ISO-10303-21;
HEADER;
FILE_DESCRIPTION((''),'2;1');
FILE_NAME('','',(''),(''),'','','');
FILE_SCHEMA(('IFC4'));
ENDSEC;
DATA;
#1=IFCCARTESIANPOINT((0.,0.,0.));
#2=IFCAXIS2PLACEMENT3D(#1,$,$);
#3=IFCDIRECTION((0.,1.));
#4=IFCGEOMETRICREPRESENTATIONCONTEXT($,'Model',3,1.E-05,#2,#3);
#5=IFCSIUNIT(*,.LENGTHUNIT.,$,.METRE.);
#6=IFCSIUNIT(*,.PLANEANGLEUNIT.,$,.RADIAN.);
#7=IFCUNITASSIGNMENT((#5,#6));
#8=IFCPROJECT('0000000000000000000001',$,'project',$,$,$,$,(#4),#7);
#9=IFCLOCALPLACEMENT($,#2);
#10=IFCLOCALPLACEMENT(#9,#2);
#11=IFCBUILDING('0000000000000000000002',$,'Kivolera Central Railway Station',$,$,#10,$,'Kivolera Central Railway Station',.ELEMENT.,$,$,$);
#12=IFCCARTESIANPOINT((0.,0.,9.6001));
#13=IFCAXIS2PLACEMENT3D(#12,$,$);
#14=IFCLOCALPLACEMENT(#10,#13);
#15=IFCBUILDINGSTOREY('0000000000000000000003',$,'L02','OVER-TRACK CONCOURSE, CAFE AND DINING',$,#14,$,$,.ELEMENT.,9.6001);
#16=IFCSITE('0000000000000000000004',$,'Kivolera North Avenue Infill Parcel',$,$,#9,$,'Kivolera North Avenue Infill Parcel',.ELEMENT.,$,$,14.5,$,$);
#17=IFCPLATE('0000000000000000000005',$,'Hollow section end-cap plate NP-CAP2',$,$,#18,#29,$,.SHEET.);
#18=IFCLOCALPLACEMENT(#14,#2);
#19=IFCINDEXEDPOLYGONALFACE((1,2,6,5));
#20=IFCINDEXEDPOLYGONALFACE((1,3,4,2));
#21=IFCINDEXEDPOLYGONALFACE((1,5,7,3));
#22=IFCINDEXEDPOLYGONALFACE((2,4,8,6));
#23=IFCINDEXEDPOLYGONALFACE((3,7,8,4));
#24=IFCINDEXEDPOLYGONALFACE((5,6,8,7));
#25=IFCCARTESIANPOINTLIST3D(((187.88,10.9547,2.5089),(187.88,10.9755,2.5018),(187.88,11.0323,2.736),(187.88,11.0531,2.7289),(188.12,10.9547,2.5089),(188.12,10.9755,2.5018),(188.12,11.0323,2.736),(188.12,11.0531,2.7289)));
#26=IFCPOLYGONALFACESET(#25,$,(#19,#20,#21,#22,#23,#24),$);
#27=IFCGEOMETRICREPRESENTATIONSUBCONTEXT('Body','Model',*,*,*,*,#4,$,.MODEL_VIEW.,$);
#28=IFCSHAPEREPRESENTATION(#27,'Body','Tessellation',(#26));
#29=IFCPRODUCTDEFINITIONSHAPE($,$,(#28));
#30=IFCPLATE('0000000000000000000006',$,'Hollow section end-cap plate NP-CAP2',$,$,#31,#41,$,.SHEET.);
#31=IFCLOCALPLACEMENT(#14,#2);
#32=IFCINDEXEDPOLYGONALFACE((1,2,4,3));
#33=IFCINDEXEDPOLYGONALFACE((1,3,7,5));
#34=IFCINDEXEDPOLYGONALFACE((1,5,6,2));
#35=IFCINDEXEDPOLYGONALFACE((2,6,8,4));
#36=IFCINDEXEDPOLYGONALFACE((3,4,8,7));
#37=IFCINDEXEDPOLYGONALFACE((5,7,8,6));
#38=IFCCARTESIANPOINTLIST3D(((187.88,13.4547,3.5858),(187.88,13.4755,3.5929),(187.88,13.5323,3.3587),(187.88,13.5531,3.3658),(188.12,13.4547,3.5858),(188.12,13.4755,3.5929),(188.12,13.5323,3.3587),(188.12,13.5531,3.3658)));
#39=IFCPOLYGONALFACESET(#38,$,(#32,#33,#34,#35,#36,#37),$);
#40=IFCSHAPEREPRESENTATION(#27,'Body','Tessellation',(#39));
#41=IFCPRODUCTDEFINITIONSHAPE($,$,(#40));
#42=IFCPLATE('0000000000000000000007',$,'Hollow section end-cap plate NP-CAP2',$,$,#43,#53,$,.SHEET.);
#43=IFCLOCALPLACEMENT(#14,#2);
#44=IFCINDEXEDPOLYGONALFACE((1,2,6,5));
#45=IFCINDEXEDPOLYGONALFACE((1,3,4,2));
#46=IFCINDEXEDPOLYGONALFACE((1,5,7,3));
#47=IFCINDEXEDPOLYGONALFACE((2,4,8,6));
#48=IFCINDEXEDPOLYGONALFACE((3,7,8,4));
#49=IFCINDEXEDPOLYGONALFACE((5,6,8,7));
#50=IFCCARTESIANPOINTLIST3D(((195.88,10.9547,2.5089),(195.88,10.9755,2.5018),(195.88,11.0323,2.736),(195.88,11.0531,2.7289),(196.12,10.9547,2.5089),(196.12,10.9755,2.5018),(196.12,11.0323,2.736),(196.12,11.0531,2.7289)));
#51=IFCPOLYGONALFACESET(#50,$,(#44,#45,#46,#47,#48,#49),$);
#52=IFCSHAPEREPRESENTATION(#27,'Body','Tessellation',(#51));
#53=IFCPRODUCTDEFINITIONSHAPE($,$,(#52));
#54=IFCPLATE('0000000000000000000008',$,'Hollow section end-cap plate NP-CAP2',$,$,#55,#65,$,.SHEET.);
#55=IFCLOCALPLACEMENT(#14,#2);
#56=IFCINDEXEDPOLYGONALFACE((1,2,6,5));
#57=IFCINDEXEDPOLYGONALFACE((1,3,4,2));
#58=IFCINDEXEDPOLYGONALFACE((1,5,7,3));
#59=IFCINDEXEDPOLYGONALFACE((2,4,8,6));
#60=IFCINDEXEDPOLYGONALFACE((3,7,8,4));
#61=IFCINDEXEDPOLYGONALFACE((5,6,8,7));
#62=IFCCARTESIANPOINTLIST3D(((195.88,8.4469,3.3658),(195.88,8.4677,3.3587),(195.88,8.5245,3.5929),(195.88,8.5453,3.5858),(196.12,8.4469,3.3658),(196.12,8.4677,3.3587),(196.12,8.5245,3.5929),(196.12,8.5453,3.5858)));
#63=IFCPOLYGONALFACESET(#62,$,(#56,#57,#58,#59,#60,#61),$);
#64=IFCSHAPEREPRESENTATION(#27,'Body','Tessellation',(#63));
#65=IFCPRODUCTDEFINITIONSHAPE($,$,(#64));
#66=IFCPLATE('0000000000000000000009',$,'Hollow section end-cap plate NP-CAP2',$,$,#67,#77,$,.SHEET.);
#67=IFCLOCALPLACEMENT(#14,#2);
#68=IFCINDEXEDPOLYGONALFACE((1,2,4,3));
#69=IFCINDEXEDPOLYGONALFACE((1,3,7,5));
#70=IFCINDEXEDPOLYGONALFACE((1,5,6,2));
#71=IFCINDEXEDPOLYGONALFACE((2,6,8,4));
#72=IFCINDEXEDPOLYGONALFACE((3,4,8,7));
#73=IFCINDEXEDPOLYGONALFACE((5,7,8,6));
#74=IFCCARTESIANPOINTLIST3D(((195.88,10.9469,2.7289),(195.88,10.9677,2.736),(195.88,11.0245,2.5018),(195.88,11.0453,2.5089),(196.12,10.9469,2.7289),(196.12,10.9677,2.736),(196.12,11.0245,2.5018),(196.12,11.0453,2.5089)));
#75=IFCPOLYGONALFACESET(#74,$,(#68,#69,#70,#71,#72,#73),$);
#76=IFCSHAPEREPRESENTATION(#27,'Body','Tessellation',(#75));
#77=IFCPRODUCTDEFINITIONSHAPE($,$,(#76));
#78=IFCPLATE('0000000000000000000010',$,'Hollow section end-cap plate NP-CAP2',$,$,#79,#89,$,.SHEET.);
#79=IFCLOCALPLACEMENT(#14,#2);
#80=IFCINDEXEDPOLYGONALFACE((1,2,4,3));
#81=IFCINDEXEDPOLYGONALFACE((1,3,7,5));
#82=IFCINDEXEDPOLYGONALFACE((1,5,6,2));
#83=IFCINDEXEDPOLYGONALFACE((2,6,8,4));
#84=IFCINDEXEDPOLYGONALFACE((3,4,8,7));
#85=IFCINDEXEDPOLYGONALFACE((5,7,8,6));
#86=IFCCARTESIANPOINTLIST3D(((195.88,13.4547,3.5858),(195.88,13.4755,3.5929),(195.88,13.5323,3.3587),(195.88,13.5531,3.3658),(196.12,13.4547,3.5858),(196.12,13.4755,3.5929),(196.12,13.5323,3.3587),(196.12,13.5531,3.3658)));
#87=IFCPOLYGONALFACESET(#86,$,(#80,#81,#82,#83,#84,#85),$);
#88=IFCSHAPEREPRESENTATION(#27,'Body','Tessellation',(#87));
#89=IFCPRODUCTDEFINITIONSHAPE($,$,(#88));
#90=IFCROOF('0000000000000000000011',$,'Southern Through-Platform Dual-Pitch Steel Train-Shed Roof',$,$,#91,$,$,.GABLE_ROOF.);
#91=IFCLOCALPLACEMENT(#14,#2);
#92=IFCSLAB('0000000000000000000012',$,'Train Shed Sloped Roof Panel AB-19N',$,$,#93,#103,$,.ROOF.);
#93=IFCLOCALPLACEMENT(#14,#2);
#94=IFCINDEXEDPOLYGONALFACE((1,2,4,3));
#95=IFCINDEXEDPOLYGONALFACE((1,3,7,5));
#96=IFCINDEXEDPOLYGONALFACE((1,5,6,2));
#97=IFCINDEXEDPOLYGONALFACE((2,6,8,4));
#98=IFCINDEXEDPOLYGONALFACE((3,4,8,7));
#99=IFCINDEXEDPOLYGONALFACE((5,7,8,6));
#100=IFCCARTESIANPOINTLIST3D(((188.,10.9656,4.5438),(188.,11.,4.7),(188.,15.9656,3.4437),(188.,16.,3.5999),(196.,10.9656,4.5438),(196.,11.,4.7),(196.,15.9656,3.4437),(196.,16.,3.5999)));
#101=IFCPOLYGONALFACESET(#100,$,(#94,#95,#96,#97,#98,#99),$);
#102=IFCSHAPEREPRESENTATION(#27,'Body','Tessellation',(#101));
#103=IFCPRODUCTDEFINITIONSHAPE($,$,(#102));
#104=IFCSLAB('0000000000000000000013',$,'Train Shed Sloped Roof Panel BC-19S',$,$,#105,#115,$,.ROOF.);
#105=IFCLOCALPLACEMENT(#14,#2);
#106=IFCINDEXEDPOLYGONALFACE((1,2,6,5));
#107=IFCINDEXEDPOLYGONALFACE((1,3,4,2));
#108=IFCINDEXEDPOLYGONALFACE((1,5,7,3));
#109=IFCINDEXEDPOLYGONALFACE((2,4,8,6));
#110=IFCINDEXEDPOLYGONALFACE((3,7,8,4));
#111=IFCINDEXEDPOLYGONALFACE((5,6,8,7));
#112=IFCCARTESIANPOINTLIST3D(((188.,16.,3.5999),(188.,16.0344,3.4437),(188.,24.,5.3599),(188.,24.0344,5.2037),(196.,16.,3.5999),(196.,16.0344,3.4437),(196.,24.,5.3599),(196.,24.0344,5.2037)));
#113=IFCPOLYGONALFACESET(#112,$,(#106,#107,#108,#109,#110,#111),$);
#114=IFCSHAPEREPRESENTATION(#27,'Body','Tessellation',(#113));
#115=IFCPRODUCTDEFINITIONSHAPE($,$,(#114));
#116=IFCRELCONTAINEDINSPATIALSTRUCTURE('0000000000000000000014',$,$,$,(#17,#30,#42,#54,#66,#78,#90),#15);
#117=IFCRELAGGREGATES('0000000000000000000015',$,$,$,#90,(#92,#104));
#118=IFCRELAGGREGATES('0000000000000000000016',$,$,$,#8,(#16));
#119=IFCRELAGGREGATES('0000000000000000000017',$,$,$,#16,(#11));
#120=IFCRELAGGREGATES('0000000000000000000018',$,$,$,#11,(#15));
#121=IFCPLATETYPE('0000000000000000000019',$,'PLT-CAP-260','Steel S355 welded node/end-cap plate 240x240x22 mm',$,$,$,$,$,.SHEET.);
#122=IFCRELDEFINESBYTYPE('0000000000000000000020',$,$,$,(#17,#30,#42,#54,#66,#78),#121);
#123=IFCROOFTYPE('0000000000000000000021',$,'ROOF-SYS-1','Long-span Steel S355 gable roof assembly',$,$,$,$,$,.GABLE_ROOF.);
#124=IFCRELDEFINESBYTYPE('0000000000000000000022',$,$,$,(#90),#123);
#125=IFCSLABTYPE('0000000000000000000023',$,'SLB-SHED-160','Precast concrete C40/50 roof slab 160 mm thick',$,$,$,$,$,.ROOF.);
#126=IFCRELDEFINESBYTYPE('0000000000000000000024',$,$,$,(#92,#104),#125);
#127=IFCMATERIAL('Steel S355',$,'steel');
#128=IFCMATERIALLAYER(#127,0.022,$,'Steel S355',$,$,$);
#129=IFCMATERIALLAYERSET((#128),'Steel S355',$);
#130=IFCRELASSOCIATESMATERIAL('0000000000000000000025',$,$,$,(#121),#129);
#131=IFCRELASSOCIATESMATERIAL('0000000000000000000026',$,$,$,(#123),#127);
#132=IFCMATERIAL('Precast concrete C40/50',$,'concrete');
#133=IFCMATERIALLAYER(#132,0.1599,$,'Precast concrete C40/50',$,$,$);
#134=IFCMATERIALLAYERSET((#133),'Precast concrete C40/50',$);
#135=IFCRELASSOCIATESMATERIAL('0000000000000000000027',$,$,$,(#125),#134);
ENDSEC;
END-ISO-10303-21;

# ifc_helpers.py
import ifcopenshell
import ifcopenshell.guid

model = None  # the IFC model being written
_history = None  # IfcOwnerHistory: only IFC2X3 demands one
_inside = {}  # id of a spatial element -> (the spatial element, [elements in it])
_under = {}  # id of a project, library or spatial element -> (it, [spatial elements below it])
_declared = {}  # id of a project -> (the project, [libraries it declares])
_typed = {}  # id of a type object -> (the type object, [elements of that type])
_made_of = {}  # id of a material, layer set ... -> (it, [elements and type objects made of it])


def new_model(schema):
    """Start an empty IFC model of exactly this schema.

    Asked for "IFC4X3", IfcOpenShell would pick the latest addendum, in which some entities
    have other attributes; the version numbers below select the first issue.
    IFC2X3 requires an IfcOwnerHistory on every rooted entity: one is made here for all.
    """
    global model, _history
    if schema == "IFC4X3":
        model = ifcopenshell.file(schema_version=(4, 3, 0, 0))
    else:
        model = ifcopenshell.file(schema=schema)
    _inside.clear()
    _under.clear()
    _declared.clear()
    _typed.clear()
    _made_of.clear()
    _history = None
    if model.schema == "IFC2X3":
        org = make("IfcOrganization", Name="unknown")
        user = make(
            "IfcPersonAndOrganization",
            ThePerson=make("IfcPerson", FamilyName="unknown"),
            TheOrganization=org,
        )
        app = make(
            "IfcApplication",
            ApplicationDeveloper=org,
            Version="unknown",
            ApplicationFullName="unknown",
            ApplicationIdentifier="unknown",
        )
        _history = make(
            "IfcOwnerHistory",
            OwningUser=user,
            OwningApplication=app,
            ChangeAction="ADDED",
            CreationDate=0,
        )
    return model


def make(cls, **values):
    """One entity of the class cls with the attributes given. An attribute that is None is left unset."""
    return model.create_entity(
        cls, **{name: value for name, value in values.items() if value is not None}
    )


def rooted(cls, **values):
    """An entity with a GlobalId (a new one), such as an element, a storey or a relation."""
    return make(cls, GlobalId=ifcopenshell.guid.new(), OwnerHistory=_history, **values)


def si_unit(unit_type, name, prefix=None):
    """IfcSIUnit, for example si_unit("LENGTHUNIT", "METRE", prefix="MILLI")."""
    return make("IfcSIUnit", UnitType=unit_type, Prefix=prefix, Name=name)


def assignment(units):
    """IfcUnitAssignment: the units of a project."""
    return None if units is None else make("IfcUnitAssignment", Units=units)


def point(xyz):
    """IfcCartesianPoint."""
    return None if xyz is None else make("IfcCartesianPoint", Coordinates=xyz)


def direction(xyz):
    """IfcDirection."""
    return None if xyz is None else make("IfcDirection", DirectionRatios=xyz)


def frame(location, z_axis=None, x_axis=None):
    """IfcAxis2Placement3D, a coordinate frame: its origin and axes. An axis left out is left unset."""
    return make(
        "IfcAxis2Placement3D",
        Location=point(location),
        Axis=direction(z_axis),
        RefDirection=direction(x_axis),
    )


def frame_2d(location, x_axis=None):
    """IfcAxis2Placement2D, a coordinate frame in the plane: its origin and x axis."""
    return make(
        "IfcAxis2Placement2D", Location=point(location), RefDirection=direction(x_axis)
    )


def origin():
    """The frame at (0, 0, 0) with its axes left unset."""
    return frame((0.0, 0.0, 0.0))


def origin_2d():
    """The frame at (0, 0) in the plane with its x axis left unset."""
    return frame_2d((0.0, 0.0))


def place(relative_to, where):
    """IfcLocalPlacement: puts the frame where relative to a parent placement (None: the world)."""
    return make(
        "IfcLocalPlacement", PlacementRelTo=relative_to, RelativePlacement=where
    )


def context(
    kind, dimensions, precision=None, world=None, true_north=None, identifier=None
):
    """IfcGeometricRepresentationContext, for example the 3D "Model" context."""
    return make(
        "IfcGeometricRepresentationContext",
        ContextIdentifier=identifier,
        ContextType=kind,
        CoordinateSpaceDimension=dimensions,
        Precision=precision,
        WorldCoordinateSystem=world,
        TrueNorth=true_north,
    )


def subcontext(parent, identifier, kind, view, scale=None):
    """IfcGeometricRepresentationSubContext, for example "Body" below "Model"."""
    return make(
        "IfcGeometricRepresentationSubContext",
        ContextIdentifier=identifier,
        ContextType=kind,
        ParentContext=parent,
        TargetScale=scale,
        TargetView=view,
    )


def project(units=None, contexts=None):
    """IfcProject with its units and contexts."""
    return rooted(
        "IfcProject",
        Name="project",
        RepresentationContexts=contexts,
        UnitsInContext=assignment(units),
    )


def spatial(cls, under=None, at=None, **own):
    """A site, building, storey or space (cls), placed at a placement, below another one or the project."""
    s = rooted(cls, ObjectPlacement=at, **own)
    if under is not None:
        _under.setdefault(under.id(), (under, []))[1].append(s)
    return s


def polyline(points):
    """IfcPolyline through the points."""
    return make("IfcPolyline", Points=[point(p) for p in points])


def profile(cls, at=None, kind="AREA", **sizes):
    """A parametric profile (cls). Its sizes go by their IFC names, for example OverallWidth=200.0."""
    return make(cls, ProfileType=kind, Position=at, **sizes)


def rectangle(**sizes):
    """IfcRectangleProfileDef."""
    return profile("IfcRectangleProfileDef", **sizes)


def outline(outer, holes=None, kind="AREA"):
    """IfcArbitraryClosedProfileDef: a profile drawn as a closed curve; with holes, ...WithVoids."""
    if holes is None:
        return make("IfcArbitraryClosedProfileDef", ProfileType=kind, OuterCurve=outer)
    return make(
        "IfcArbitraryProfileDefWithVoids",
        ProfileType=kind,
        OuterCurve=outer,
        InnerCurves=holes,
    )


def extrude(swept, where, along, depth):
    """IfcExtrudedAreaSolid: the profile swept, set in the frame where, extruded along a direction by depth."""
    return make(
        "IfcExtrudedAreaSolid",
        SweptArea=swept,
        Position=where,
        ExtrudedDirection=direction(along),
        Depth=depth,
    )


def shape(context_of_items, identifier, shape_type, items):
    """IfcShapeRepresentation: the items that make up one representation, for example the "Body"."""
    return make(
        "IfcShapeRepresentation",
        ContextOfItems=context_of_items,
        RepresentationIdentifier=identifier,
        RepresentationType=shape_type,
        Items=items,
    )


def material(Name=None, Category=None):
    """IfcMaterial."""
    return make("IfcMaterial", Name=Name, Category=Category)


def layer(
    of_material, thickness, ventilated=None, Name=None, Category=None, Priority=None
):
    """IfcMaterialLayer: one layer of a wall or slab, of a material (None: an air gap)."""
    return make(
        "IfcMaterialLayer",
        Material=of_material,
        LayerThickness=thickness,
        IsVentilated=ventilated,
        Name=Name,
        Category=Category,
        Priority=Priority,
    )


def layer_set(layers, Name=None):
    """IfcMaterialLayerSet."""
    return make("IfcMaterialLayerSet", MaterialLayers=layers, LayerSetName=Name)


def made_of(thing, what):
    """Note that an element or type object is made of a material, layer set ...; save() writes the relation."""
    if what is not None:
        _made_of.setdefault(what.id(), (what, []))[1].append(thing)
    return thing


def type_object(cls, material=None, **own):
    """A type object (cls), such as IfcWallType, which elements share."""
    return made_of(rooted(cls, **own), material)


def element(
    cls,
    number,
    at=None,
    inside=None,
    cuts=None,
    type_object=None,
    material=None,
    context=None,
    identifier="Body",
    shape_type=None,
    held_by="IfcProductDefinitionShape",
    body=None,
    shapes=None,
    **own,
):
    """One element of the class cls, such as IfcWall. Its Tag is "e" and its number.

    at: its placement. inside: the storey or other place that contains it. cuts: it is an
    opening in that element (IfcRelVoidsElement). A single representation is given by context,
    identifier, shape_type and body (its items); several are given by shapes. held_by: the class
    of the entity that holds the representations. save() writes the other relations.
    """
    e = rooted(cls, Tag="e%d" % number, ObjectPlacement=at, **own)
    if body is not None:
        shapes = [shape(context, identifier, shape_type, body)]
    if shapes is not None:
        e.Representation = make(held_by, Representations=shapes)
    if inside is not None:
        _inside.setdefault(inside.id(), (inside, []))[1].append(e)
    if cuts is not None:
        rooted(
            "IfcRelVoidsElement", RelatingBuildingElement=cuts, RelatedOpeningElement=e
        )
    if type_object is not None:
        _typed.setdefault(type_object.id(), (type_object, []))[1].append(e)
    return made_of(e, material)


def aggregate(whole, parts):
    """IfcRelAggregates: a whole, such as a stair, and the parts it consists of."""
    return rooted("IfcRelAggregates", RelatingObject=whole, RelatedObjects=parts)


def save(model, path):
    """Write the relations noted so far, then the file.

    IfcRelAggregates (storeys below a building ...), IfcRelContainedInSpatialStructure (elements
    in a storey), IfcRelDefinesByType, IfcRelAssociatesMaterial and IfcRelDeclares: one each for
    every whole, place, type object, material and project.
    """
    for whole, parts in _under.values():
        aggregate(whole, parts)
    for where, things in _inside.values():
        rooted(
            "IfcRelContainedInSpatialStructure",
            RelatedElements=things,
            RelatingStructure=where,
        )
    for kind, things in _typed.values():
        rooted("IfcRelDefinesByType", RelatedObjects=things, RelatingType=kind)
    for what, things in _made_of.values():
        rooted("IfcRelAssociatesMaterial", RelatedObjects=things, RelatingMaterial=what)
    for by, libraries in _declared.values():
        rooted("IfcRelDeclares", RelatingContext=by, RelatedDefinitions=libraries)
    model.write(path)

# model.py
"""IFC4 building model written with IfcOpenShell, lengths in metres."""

from ifc_helpers import new_model, si_unit, direction, frame, origin, origin_2d, place, context, subcontext, project, spatial, polyline, rectangle, outline, extrude, material, layer, layer_set, type_object, element, aggregate, save


model = new_model("IFC4")

# Units and contexts
model_context = context("Model", 3, precision=1e-05, world=origin(), true_north=direction((0.0, 1.0)))
body_context = subcontext(model_context, "Body", "Model", "MODEL_VIEW")
ifc_project = project(units=[si_unit("LENGTHUNIT", "METRE"), si_unit("PLANEANGLEUNIT", "RADIAN")], contexts=[model_context])

# Site, building, storey
site_placement = place(None, origin())
site = spatial("IfcSite", under=ifc_project, at=site_placement, Name="Kivolera North Avenue Infill Parcel", LongName="Kivolera North Avenue Infill Parcel", CompositionType="ELEMENT", RefElevation=14.5)
building_placement = place(site_placement, origin())
building = spatial("IfcBuilding", under=site, at=building_placement, Name="Kivolera Central Railway Station", LongName="Kivolera Central Railway Station", CompositionType="ELEMENT")
storey_placement = place(building_placement, frame((0.0, 0.0, 9.6001)))
storey = spatial("IfcBuildingStorey", under=building, at=storey_placement, Name="L02", Description="OVER-TRACK CONCOURSE, CAFE AND DINING", CompositionType="ELEMENT", Elevation=9.6001)

# Shared definitions
ifc_material_1 = material(Name="Steel S355", Category="steel")

# Plates
ifc_layer_1 = layer(ifc_material_1, 0.022, Name="Steel S355")
ifc_layer_set_1 = layer_set([ifc_layer_1], Name="Steel S355")
plate_type_1 = type_object("IfcPlateType", Name="PLT-CAP-260", Description="Steel S355 welded node/end-cap plate 240x240x22 mm", PredefinedType="SHEET", material=ifc_layer_set_1)
for number, where, z_axis, x_axis, name in (
    (1, (188.0, 11.0039, 2.6189), (0.0, -0.946194, 0.323599), (1.0, 0.0, 0.0), "Hollow section end-cap plate NP-CAP2"),
    (2, (188.0, 13.5039, 3.4758), (0.0, 0.946194, 0.323599), (-1.0, 0.0, 0.0), "Hollow section end-cap plate NP-CAP2"),
    (3, (196.0, 11.0039, 2.6189), (0.0, -0.946194, 0.323599), (1.0, 0.0, 0.0), "Hollow section end-cap plate NP-CAP2"),
    (4, (196.0, 8.4961, 3.4758), (0.0, -0.946194, 0.323599), (1.0, 0.0, 0.0), "Hollow section end-cap plate NP-CAP2"),
    (5, (196.0, 10.9961, 2.6189), (0.0, 0.946194, 0.323599), (-1.0, 0.0, 0.0), "Hollow section end-cap plate NP-CAP2"),
    (6, (196.0, 13.5039, 3.4758), (0.0, 0.946194, 0.323599), (-1.0, 0.0, 0.0), "Hollow section end-cap plate NP-CAP2"),
):
    element("IfcPlate", number, at=place(storey_placement, frame(where, z_axis=z_axis, x_axis=x_axis)), inside=storey, type_object=plate_type_1, Name=name, PredefinedType="SHEET", context=body_context, shape_type="SweptSolid", body=[
        extrude(rectangle(XDim=0.24, YDim=0.24, at=origin_2d()), frame((0.0, 0.0, -0.011)), (0.0, 0.0, 1.0), 0.022),
    ])

# Roof, slabs
roof_type = type_object("IfcRoofType", Name="ROOF-SYS-1", Description="Long-span Steel S355 gable roof assembly", PredefinedType="GABLE_ROOF", material=ifc_material_1)
roof_placement = place(storey_placement, origin())
roof = element("IfcRoof", 7, at=roof_placement, inside=storey, type_object=roof_type, Name="Southern Through-Platform Dual-Pitch Steel Train-Shed Roof", PredefinedType="GABLE_ROOF")
ifc_material_2 = material(Name="Precast concrete C40/50", Category="concrete")
ifc_layer_2 = layer(ifc_material_2, 0.1599, Name="Precast concrete C40/50")
ifc_layer_set_2 = layer_set([ifc_layer_2], Name="Precast concrete C40/50")
slab_type = type_object("IfcSlabType", Name="SLB-SHED-160", Description="Precast concrete C40/50 roof slab 160 mm thick", PredefinedType="ROOF", material=ifc_layer_set_2)
slab_1_placement = place(storey_placement, frame((188.0, 11.0, 4.7), z_axis=(0.0, 0.21488, 0.97664), x_axis=(1.0, 0.0, 0.0)))
slab_1 = element("IfcSlab", 8, at=slab_1_placement, type_object=slab_type, Name="Train Shed Sloped Roof Panel AB-19N", PredefinedType="ROOF", context=body_context, shape_type="SweptSolid", body=[
    extrude(outline(polyline([(0.0, 0.0), (8.0, 0.0), (8.0, 5.1196), (0.0, 5.1196), (0.0, 0.0)])), origin(), (0.0, 0.0, -1.0), 0.1599),
])
slab_2_placement = place(storey_placement, frame((188.0, 16.0, 3.5999), z_axis=(0.0, -0.214863, 0.976644), x_axis=(1.0, 0.0, 0.0)))
slab_2 = element("IfcSlab", 9, at=slab_2_placement, type_object=slab_type, Name="Train Shed Sloped Roof Panel BC-19S", PredefinedType="ROOF", context=body_context, shape_type="SweptSolid", body=[
    extrude(outline(polyline([(0.0, 0.0), (8.0, 0.0), (8.0, 8.1913), (0.0, 8.1913), (0.0, 0.0)])), origin(), (0.0, 0.0, -1.0), 0.1599),
])
aggregate(roof, [slab_1, slab_2])

save(model, "model.ifc")
